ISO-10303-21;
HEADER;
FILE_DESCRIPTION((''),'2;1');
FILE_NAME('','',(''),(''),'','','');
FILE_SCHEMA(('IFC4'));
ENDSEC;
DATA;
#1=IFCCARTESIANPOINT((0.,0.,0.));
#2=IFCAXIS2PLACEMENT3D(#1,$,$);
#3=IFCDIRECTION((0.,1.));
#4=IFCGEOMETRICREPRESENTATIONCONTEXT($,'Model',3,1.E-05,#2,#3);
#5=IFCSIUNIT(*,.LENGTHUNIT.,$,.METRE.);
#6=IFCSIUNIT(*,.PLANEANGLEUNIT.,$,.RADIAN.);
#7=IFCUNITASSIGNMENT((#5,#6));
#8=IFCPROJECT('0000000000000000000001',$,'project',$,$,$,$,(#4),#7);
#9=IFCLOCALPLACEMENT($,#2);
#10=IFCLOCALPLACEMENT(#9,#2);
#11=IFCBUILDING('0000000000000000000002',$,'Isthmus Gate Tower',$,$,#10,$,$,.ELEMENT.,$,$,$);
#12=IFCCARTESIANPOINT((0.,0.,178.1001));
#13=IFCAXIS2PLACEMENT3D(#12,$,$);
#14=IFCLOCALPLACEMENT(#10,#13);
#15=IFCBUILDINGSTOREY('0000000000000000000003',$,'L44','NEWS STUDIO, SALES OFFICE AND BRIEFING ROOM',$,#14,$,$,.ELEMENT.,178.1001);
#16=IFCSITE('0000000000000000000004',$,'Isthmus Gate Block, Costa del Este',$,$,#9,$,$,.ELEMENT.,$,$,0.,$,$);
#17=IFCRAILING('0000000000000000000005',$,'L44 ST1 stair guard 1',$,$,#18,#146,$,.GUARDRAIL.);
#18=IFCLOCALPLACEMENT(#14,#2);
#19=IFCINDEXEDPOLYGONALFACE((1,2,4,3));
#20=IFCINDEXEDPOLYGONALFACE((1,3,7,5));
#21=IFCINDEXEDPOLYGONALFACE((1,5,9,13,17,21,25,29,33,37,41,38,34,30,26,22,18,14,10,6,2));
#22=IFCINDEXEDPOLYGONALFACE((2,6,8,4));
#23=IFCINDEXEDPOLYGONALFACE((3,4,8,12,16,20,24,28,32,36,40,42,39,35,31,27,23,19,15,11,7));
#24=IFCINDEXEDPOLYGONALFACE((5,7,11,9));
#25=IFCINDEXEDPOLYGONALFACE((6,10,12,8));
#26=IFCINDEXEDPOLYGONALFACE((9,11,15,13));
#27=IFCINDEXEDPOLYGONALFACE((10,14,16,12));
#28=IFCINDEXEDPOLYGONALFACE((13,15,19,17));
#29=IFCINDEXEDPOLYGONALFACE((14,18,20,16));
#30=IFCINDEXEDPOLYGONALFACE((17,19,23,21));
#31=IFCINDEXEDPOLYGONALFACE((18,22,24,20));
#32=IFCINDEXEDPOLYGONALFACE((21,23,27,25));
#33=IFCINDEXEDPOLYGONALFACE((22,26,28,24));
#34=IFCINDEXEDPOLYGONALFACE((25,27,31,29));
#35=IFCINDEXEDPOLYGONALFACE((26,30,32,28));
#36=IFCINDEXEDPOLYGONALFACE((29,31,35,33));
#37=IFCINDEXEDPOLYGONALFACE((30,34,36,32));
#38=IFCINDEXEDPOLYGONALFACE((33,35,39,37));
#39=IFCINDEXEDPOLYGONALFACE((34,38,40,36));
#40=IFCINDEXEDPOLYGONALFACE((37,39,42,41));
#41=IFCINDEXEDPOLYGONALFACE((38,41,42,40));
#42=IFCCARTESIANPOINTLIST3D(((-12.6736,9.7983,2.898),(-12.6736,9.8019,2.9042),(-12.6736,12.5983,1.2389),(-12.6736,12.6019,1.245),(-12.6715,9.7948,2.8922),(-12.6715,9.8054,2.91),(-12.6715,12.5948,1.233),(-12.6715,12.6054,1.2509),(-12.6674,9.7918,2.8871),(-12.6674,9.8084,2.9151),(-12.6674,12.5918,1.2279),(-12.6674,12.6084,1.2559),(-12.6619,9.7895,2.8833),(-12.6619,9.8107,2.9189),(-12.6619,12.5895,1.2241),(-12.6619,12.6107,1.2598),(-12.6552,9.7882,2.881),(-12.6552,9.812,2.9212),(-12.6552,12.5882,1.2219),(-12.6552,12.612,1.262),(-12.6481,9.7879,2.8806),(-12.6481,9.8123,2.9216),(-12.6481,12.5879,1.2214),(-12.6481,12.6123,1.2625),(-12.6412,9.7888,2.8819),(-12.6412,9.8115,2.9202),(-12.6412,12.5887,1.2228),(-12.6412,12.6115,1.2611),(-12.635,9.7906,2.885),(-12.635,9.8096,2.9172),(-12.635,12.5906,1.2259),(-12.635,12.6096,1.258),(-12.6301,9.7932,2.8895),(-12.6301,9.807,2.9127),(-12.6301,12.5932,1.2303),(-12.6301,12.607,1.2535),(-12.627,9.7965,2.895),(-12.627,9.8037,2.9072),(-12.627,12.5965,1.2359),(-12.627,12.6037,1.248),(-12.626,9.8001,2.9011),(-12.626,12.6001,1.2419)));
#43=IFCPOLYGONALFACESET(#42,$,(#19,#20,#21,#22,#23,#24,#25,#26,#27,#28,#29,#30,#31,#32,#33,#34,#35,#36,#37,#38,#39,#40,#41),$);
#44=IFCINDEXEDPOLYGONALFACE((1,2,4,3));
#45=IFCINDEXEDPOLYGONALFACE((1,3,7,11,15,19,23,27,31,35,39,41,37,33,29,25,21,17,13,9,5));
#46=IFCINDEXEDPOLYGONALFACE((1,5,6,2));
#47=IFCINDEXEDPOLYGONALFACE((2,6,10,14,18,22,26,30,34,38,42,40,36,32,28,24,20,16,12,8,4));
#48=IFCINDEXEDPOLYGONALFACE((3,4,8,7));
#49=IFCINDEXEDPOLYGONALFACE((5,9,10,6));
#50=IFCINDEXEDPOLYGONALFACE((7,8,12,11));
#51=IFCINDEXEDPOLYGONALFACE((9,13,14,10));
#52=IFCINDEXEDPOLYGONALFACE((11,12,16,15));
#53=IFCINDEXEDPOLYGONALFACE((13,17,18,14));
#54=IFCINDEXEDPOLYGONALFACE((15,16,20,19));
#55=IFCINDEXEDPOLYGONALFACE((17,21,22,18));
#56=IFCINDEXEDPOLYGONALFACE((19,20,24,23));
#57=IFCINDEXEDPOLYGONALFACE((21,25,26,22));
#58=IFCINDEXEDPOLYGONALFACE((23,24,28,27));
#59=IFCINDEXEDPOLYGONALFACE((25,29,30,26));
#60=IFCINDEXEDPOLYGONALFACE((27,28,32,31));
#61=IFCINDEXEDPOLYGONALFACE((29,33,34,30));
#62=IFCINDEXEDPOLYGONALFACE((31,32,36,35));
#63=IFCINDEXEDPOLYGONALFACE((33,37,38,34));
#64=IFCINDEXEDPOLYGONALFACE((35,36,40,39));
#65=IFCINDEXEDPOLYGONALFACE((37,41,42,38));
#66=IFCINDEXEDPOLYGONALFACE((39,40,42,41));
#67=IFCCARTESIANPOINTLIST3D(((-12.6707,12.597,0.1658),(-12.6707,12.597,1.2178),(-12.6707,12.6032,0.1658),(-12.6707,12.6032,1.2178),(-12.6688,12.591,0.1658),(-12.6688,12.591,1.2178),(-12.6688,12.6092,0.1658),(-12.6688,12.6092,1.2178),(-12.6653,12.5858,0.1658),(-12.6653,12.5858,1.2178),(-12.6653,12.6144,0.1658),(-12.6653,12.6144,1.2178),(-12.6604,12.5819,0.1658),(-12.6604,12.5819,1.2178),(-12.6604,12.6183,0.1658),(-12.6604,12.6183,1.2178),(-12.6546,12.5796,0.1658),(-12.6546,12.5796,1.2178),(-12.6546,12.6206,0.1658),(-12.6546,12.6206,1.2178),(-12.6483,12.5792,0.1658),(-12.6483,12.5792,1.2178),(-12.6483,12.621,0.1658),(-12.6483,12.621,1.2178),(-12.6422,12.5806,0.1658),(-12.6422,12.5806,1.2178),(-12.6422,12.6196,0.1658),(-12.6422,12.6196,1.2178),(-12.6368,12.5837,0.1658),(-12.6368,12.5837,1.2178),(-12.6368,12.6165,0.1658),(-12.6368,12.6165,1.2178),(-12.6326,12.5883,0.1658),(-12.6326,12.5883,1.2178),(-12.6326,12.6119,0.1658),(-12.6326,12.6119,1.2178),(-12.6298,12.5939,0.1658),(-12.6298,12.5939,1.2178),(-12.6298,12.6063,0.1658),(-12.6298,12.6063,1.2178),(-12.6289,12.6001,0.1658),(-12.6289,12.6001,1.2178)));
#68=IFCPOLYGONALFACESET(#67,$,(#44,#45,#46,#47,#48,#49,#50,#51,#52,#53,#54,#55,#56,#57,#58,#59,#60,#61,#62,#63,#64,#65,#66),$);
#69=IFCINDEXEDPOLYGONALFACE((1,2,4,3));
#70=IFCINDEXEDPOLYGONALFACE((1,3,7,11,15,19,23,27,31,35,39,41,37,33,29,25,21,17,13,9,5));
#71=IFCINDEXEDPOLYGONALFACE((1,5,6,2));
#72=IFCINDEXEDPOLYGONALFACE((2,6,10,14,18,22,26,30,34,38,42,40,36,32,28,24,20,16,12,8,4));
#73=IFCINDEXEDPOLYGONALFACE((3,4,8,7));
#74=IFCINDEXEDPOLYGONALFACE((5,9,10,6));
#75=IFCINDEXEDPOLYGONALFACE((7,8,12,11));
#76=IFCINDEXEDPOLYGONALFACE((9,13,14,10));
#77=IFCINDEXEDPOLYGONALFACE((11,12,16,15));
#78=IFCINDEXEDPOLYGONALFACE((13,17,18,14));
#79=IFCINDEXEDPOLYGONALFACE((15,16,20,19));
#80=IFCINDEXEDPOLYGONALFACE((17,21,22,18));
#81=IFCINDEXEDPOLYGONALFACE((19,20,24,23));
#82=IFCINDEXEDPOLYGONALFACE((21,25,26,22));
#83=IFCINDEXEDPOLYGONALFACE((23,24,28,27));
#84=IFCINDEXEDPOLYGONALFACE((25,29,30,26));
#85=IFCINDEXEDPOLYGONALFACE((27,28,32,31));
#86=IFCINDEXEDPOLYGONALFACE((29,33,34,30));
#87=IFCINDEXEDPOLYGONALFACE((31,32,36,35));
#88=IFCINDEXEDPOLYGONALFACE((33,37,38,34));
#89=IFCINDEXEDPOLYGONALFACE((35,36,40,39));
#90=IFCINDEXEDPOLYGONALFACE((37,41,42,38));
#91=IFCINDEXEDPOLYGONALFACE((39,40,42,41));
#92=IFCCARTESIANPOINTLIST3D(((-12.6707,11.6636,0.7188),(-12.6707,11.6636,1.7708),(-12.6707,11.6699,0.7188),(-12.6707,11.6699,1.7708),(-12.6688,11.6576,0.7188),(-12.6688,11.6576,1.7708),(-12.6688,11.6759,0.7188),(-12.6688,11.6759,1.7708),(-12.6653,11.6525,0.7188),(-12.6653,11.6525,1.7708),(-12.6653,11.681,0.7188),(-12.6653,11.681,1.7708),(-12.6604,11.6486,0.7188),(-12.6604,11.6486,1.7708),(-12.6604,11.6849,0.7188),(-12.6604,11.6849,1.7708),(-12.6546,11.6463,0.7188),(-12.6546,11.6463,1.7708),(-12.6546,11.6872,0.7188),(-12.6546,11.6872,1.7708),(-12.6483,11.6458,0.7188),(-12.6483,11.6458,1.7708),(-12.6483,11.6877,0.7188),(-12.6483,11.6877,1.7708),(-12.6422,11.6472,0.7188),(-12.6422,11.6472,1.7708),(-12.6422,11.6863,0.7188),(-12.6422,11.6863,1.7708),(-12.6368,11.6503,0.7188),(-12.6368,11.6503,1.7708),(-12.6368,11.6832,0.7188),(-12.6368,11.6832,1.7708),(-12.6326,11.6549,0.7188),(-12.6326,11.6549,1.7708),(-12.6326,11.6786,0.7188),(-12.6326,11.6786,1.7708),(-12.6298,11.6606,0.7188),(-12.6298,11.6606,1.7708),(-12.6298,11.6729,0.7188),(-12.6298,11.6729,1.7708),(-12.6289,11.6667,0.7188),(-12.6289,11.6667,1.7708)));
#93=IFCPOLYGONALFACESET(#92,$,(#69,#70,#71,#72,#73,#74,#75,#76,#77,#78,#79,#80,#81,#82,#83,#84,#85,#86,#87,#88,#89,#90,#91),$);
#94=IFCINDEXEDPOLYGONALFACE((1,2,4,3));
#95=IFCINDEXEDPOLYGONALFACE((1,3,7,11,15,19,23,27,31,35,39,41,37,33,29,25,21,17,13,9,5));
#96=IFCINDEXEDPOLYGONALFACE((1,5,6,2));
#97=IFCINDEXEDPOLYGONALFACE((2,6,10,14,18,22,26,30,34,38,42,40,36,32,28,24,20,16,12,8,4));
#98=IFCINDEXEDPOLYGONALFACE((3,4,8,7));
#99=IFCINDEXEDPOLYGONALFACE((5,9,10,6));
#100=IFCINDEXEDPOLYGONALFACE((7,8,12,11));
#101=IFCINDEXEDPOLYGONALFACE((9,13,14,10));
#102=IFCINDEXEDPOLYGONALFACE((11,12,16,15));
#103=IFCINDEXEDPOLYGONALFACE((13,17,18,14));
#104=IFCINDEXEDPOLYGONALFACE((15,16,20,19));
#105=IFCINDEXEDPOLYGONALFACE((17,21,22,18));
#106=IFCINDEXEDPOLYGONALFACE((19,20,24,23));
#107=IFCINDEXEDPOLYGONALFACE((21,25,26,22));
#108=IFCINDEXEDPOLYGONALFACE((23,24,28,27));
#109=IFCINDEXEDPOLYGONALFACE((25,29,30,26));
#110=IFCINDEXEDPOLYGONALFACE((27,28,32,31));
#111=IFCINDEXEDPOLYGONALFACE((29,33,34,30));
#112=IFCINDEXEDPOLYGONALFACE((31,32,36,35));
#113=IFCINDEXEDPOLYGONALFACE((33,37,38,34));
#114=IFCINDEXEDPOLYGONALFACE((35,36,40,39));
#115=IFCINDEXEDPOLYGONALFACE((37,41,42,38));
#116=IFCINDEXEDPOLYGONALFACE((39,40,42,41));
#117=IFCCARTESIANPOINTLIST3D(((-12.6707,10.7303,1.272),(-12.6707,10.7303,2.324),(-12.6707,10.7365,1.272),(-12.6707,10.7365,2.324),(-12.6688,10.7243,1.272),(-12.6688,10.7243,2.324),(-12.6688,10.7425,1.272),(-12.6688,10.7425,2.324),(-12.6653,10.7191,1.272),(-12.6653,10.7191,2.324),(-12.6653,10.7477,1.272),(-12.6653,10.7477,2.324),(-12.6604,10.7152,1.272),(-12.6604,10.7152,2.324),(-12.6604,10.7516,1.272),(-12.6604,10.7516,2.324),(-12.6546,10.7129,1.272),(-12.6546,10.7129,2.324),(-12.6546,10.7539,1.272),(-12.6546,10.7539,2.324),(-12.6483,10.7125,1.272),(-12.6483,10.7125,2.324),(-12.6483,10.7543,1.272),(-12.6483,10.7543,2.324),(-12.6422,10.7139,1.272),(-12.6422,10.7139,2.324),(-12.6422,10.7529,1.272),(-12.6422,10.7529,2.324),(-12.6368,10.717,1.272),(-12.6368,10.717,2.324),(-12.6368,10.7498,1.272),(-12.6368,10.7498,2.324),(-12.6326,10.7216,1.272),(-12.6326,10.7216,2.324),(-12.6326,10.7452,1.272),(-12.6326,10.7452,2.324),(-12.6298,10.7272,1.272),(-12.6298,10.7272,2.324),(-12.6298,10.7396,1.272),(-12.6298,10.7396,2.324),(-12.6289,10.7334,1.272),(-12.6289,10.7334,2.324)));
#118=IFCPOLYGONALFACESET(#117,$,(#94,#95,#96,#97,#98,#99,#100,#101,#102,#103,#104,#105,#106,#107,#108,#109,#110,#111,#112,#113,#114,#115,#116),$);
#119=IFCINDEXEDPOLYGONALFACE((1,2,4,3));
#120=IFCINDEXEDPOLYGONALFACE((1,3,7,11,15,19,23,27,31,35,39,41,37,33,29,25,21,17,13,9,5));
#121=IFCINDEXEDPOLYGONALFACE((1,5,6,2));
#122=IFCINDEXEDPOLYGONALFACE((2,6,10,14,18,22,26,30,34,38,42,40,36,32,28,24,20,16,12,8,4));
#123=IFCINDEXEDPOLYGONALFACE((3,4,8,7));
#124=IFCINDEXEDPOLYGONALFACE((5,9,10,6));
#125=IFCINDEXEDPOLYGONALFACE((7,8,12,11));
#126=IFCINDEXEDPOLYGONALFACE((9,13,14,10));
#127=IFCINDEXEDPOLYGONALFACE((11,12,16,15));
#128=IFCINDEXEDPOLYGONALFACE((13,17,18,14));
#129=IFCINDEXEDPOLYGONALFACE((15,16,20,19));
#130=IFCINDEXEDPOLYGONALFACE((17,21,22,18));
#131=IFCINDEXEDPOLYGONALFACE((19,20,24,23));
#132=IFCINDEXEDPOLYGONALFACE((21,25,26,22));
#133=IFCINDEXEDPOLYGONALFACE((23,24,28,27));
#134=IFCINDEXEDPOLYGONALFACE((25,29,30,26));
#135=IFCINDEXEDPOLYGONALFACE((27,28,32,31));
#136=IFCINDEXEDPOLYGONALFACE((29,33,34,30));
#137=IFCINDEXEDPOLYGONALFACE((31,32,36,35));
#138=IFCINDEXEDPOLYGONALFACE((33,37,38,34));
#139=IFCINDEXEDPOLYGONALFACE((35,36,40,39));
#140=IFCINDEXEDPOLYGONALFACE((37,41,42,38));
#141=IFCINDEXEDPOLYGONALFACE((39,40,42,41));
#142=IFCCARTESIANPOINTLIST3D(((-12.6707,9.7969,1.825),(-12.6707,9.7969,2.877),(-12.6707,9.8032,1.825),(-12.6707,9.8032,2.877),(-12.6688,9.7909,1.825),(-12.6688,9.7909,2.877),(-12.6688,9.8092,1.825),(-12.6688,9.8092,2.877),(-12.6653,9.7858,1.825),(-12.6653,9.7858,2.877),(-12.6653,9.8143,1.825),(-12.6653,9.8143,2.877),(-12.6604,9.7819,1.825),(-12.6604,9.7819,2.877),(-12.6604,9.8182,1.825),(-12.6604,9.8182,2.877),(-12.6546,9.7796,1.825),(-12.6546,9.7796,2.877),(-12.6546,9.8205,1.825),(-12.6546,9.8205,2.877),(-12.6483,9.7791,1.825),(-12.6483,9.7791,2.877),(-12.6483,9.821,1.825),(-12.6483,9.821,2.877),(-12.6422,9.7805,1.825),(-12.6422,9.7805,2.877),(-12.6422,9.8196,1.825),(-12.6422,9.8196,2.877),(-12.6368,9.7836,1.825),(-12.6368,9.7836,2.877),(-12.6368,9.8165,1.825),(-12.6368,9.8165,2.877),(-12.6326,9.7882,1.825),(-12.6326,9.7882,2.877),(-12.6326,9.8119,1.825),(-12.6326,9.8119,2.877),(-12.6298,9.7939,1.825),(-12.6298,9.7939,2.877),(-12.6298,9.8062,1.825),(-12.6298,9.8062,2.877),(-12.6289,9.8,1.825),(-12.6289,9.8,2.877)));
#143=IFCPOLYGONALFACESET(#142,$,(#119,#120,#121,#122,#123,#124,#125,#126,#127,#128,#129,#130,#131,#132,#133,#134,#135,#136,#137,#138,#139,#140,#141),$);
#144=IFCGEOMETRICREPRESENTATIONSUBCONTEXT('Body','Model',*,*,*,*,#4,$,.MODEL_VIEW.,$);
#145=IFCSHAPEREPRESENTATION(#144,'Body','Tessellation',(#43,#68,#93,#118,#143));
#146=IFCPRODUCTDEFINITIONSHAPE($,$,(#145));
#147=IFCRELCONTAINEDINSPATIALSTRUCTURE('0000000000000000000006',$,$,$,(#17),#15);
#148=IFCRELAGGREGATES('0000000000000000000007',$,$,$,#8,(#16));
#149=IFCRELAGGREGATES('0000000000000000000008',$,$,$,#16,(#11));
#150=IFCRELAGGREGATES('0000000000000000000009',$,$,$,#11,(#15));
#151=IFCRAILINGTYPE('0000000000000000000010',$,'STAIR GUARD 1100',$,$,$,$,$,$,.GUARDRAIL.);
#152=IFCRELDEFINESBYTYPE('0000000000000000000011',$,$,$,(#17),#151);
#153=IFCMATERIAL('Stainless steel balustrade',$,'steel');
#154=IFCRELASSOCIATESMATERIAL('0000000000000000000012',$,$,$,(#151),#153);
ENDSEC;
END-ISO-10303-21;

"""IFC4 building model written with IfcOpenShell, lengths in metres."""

from ifc_helpers import new_model, si_unit, direction, frame, origin, origin_2d, place, context, subcontext, project, spatial, circle, extrude, material, type_object, element, save


model = new_model("IFC4")

# Units and contexts
model_context = context("Model", 3, precision=1e-05, world=origin(), true_north=direction((0.0, 1.0)))
body_context = subcontext(model_context, "Body", "Model", "MODEL_VIEW")
ifc_project = project(units=[si_unit("LENGTHUNIT", "METRE"), si_unit("PLANEANGLEUNIT", "RADIAN")], contexts=[model_context])

# Site, building, storey
site_placement = place(None, origin())
site = spatial("IfcSite", under=ifc_project, at=site_placement, Name="Isthmus Gate Block, Costa del Este", CompositionType="ELEMENT", RefElevation=0.0)
building_placement = place(site_placement, origin())
building = spatial("IfcBuilding", under=site, at=building_placement, Name="Isthmus Gate Tower", CompositionType="ELEMENT")
storey_placement = place(building_placement, frame((0.0, 0.0, 178.1001)))
storey = spatial("IfcBuildingStorey", under=building, at=storey_placement, Name="L44", Description="NEWS STUDIO, SALES OFFICE AND BRIEFING ROOM", CompositionType="ELEMENT", Elevation=178.1001)

# Railing
ifc_material_1 = material(Name="Stainless steel balustrade", Category="steel")
railing_type_1 = type_object("IfcRailingType", Name="STAIR GUARD 1100", PredefinedType="GUARDRAIL", material=ifc_material_1)
railing_1_placement = place(storey_placement, frame((-12.6499, 12.6001, 0.1658)))
element("IfcRailing", 1, at=railing_1_placement, inside=storey, type_object=railing_type_1, Name="L44 ST1 stair guard 1", PredefinedType="GUARDRAIL", context=body_context, shape_type="SweptSolid", body=[
    extrude(circle(Radius=0.0239, at=origin_2d()), frame((0.0, 0.0, 1.0762), z_axis=(0.0, -0.860306, 0.509778), x_axis=(1.0, 0.0, 0.0)), (0.0, 0.0, 1.0), 3.2546),
    extrude(circle(Radius=0.021, at=origin_2d()), origin(), (0.0, 0.0, 1.0), 1.052),
    extrude(circle(Radius=0.021, at=origin_2d()), frame((0.0, -0.9333, 0.553)), (0.0, 0.0, 1.0), 1.052),
    extrude(circle(Radius=0.021, at=origin_2d()), frame((0.0, -1.8667, 1.1062)), (0.0, 0.0, 1.0), 1.052),
    extrude(circle(Radius=0.021, at=origin_2d()), frame((0.0, -2.8, 1.6592)), (0.0, 0.0, 1.0), 1.052),
])

save(model, "model.ifc")
